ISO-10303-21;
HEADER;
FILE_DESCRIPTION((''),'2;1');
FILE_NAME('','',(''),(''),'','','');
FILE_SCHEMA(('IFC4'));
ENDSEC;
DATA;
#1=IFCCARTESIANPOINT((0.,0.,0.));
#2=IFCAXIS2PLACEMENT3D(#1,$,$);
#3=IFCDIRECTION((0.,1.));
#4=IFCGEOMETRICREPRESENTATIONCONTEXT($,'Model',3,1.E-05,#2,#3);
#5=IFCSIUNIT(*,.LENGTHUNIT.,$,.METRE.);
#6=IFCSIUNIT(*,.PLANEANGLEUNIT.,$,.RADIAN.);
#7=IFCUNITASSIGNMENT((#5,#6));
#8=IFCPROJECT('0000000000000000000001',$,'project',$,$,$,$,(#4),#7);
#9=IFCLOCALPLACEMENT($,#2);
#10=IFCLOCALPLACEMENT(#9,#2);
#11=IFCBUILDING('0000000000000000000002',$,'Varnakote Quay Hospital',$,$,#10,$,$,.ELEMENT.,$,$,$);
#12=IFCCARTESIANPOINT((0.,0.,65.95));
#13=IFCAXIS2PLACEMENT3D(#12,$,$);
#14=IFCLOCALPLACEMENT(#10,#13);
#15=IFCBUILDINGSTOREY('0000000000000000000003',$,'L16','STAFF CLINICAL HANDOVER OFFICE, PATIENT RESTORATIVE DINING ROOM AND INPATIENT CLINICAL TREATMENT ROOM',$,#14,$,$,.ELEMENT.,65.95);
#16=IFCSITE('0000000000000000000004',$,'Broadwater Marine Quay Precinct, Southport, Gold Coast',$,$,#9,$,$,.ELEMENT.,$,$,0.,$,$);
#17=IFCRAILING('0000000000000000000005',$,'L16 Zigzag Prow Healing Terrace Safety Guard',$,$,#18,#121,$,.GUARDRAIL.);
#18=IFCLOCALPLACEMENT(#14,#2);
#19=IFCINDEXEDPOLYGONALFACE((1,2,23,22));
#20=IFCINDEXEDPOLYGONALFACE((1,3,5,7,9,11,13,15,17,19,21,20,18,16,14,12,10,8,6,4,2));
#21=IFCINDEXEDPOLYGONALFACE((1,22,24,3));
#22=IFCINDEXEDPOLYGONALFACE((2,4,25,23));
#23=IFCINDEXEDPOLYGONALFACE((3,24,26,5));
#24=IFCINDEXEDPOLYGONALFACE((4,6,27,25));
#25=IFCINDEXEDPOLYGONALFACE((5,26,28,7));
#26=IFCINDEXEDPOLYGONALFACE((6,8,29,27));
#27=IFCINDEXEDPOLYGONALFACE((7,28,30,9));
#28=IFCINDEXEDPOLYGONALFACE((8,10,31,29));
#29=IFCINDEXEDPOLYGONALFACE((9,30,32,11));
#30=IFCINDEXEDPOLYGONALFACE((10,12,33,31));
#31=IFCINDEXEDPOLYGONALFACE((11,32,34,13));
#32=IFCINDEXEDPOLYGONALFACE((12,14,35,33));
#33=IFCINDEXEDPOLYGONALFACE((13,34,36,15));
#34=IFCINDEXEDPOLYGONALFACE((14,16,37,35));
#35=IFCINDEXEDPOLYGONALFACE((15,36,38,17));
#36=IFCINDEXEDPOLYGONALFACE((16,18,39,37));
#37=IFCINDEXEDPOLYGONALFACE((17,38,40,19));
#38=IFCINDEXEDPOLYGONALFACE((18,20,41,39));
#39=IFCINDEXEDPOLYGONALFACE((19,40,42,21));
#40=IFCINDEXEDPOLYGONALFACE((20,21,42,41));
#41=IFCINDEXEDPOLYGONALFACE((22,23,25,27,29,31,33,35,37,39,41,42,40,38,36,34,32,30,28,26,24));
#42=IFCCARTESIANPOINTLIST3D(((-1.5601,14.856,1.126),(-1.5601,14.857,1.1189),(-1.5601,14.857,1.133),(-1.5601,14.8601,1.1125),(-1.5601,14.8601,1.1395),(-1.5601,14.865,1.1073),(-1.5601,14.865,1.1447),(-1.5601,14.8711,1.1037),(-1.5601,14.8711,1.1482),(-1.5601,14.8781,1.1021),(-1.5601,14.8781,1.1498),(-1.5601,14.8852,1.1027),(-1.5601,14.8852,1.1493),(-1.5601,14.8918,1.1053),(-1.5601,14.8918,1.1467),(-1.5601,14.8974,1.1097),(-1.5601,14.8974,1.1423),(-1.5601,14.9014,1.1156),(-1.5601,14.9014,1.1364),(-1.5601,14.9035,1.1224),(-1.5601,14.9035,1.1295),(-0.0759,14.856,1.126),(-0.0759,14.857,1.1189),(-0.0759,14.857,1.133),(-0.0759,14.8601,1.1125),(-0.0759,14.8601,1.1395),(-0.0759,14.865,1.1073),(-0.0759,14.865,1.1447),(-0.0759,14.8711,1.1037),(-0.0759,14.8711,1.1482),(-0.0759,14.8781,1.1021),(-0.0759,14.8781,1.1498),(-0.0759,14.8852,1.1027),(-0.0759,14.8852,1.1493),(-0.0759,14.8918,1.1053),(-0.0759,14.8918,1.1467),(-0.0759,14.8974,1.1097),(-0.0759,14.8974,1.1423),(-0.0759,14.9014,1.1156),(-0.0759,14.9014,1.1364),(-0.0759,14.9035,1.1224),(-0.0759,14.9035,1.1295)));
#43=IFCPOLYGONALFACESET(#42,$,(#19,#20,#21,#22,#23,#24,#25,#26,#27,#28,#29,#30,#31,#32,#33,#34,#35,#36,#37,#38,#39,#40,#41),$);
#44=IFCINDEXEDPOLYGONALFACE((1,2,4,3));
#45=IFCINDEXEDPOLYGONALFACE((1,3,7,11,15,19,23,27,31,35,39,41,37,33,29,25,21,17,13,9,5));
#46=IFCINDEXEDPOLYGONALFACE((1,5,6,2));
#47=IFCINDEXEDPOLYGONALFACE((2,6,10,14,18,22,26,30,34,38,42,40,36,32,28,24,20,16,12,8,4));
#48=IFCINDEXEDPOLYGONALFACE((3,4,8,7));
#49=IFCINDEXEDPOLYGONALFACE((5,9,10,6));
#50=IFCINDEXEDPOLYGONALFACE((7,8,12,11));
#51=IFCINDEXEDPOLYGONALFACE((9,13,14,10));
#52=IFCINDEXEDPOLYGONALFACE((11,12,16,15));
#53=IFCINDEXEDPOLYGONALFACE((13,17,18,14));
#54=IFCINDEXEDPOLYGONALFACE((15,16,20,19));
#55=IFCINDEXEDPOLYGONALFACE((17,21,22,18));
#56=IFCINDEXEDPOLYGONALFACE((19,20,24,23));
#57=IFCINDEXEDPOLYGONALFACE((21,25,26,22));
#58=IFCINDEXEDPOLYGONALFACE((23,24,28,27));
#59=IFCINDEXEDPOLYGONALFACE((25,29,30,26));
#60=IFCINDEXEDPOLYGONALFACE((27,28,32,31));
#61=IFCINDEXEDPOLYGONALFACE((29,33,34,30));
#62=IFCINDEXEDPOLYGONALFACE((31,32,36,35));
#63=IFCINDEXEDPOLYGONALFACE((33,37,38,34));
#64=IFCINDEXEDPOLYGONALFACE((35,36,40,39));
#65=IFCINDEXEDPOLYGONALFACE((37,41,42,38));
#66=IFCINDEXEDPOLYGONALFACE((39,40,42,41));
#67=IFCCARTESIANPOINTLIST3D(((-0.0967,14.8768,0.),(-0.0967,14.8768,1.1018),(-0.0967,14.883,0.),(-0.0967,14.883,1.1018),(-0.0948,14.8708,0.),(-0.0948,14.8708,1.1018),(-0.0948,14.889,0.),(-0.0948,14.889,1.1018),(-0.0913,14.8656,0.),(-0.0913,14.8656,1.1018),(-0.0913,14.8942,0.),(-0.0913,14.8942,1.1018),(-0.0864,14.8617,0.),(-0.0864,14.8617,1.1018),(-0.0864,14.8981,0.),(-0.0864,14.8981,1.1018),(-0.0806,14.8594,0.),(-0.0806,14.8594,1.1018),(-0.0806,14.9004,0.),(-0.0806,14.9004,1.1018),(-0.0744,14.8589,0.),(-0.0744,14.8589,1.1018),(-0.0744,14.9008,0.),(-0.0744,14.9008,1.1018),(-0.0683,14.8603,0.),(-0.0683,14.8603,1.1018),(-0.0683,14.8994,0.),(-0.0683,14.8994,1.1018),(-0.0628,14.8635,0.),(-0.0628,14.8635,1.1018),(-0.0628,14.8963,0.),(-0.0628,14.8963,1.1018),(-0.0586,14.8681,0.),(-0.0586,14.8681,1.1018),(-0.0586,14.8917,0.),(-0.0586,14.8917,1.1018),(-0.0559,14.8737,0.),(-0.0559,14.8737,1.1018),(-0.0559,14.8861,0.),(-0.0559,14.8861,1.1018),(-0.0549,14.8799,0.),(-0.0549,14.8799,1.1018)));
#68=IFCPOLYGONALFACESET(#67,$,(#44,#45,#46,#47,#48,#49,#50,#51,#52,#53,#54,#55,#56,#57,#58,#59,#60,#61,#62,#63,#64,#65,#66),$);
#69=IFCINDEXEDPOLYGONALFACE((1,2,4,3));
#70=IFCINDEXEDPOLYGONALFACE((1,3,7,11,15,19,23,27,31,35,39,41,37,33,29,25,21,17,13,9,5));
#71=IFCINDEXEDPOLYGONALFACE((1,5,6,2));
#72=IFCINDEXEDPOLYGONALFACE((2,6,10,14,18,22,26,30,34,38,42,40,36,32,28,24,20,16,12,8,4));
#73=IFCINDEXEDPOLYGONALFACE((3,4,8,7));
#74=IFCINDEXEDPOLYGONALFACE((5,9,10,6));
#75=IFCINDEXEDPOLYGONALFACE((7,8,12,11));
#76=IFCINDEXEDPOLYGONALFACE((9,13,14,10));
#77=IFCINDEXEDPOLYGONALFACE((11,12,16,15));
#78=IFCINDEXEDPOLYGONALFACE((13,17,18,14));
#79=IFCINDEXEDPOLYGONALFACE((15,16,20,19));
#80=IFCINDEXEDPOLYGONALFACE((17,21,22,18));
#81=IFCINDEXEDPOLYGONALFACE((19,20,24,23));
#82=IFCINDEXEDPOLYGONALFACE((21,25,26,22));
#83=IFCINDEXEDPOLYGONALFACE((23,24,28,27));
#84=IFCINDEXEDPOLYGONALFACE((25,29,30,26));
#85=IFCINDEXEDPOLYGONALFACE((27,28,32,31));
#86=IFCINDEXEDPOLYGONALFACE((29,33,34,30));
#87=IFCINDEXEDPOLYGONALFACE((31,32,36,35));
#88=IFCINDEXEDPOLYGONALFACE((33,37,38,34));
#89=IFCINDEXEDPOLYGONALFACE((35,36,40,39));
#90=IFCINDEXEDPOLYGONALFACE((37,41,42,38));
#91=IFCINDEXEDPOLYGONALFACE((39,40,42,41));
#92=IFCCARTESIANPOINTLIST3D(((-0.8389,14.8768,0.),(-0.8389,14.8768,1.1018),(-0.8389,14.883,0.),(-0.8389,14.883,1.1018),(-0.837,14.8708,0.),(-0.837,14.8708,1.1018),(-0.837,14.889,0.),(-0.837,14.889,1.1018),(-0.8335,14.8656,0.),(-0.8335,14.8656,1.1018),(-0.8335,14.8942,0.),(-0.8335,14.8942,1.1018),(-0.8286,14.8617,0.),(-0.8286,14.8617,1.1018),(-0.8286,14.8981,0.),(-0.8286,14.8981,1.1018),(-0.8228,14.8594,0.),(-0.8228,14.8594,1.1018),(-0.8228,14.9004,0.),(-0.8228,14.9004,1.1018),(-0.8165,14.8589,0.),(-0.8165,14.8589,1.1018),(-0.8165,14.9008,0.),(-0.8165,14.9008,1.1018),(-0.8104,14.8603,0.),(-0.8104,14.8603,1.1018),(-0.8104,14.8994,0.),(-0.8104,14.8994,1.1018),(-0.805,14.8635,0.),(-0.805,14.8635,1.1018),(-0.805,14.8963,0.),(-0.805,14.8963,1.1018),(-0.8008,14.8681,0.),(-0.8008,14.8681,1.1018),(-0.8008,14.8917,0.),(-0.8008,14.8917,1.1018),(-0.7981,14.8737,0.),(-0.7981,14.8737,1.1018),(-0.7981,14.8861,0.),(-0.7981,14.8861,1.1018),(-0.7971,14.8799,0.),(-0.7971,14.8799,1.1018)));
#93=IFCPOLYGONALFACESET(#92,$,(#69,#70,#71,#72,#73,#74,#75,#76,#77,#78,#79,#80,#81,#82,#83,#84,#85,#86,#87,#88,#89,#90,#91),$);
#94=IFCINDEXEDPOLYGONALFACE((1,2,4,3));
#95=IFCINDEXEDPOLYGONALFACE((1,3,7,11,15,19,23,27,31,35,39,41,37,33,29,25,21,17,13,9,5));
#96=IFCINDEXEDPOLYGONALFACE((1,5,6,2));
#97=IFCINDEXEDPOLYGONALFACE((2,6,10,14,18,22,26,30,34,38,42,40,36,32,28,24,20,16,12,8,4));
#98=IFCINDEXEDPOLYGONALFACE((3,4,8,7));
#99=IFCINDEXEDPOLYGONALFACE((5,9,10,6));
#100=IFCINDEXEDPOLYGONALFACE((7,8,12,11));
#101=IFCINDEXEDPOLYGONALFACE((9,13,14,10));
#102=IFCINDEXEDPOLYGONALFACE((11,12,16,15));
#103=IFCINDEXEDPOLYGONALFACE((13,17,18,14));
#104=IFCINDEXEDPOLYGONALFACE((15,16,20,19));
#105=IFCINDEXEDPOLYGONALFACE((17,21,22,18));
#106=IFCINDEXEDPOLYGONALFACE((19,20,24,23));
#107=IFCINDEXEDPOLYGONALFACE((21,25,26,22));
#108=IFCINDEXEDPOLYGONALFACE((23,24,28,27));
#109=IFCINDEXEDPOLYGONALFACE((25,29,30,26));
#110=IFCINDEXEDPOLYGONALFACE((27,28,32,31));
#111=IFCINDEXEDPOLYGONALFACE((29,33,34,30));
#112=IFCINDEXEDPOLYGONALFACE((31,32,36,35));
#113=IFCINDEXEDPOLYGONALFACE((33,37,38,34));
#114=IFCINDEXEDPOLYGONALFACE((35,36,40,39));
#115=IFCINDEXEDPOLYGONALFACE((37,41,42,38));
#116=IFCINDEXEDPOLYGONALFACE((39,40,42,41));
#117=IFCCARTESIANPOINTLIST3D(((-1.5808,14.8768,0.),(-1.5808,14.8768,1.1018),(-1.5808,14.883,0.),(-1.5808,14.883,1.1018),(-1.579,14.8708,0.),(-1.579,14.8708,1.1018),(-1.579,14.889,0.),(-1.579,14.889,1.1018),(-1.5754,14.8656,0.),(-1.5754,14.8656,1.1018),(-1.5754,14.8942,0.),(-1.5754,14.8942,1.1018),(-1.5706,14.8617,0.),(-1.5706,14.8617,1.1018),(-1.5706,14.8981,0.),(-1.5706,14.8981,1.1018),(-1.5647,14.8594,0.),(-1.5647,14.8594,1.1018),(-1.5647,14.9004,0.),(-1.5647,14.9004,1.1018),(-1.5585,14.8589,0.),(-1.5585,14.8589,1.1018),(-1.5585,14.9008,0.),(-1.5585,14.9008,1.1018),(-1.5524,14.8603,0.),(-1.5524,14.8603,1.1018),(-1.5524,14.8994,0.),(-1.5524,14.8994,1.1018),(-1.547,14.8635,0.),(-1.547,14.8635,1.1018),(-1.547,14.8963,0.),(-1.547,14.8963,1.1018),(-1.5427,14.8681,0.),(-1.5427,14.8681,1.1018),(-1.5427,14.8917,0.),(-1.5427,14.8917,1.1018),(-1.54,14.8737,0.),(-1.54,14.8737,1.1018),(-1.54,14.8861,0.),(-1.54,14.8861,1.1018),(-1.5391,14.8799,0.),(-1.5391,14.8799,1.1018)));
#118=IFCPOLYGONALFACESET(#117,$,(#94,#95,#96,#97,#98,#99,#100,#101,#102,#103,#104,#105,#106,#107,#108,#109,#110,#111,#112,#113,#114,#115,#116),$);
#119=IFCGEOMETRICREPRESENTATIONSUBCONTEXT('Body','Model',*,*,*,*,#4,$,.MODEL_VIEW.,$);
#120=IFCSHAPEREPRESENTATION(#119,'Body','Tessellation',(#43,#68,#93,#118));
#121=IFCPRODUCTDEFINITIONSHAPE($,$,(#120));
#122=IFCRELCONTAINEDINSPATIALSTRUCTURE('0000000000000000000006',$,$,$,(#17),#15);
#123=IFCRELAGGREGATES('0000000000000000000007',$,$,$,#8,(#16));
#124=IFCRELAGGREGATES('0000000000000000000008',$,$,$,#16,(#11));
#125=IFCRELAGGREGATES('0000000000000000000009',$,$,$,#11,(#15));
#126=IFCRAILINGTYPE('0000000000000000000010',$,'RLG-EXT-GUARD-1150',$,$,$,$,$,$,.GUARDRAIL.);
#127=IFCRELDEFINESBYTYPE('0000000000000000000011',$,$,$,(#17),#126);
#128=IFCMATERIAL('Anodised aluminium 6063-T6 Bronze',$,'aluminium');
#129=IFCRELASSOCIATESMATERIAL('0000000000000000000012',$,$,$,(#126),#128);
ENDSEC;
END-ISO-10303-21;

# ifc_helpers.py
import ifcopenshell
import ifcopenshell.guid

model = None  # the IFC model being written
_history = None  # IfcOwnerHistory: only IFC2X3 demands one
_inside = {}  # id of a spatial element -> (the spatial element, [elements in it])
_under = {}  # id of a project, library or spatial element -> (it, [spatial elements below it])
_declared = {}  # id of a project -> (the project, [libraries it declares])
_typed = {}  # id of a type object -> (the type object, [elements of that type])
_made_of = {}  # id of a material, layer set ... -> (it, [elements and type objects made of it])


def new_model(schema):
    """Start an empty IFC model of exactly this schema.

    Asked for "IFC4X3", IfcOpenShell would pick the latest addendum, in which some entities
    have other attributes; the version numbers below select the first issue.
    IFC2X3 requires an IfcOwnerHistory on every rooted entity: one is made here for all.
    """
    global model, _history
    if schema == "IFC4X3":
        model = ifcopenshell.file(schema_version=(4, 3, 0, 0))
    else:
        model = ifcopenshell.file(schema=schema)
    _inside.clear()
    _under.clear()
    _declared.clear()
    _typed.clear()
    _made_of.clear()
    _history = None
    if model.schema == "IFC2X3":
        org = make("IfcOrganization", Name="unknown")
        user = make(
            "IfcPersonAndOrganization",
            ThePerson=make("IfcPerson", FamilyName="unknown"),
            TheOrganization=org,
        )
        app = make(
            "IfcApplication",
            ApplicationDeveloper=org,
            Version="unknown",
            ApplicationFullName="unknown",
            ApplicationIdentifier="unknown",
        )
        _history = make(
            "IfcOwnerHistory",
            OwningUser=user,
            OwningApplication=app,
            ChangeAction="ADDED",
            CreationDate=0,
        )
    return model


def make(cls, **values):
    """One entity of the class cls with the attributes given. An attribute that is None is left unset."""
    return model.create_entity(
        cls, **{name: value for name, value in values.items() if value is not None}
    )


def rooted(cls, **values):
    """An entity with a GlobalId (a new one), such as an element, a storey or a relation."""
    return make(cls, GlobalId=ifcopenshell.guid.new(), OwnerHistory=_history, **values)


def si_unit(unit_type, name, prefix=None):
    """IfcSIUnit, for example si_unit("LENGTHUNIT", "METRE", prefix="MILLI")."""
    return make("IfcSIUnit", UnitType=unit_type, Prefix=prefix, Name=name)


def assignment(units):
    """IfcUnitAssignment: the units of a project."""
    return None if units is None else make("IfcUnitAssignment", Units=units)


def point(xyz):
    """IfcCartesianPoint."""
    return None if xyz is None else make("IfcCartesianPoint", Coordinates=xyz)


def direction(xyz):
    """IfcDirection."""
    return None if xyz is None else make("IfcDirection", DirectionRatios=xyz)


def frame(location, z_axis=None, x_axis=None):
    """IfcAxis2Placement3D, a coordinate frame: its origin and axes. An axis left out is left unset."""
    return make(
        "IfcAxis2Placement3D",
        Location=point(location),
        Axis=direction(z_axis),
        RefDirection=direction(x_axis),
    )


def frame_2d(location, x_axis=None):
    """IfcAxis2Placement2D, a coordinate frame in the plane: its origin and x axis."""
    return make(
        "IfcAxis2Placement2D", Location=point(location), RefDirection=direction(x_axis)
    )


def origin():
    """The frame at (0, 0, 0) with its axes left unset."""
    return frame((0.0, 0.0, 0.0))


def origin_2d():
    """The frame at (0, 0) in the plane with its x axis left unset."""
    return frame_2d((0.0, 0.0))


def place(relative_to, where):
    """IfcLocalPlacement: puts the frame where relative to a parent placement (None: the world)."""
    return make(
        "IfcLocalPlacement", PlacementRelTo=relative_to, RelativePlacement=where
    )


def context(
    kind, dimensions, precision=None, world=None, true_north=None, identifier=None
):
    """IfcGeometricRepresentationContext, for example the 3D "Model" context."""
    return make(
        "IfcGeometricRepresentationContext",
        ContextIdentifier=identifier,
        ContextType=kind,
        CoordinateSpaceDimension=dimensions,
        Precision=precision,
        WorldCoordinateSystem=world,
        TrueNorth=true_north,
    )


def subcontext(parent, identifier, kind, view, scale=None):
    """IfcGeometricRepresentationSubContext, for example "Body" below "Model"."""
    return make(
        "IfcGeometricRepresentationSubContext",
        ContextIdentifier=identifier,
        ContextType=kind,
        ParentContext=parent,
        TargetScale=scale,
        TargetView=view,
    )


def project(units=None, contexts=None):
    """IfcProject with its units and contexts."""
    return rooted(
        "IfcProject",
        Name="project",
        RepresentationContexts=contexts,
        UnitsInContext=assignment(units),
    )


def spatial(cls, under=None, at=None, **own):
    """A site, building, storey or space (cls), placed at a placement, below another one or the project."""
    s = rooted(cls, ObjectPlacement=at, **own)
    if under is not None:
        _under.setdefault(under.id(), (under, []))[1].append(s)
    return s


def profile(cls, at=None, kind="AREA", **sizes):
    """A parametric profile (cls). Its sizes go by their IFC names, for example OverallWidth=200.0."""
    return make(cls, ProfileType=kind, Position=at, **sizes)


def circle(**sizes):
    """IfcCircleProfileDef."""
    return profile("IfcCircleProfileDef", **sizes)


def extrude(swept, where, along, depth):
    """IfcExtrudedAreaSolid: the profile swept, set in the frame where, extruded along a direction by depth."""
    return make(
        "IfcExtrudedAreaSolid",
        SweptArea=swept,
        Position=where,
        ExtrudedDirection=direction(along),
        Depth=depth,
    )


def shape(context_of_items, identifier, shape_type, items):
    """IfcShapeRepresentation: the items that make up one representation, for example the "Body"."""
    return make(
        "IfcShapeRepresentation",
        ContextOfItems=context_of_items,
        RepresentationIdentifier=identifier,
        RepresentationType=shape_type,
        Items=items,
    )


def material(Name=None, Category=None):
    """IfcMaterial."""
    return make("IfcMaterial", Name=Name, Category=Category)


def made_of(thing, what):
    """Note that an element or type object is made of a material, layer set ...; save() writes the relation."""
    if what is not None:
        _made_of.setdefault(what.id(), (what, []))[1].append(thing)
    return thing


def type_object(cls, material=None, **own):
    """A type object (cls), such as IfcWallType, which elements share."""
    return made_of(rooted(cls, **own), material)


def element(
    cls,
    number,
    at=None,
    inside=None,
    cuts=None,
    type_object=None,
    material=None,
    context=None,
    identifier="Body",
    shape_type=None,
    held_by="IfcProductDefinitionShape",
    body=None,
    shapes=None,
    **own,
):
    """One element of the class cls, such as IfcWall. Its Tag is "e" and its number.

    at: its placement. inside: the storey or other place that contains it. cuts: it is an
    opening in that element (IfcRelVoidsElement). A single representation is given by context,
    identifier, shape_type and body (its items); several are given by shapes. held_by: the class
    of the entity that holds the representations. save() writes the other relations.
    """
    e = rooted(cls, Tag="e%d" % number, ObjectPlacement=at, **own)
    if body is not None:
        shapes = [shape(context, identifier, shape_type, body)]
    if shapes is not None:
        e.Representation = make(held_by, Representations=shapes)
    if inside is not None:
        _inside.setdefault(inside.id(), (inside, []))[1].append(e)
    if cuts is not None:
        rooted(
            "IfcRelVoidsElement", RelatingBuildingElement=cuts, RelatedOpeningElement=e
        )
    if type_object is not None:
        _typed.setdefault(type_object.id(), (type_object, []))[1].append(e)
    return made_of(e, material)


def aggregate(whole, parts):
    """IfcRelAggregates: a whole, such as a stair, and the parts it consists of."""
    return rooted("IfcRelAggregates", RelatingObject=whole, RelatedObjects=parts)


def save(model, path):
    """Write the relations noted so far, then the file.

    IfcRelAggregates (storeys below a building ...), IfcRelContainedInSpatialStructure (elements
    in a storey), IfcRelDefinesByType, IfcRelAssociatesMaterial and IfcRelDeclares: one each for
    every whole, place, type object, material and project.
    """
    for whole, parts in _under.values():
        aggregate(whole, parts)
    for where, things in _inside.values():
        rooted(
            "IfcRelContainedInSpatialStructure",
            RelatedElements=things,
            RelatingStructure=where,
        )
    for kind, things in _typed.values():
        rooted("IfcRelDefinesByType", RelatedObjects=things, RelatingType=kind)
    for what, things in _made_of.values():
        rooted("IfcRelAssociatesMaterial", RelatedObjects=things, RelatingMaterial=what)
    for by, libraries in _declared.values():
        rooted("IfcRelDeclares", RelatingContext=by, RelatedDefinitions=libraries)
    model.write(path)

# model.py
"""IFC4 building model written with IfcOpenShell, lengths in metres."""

from ifc_helpers import new_model, si_unit, direction, frame, origin, origin_2d, place, context, subcontext, project, spatial, circle, extrude, material, type_object, element, save


model = new_model("IFC4")

# Units and contexts
model_context = context("Model", 3, precision=1e-05, world=origin(), true_north=direction((0.0, 1.0)))
body_context = subcontext(model_context, "Body", "Model", "MODEL_VIEW")
ifc_project = project(units=[si_unit("LENGTHUNIT", "METRE"), si_unit("PLANEANGLEUNIT", "RADIAN")], contexts=[model_context])

# Site, building, storey
site_placement = place(None, origin())
site = spatial("IfcSite", under=ifc_project, at=site_placement, Name="Broadwater Marine Quay Precinct, Southport, Gold Coast", CompositionType="ELEMENT", RefElevation=0.0)
building_placement = place(site_placement, origin())
building = spatial("IfcBuilding", under=site, at=building_placement, Name="Varnakote Quay Hospital", CompositionType="ELEMENT")
storey_placement = place(building_placement, frame((0.0, 0.0, 65.95)))
storey = spatial("IfcBuildingStorey", under=building, at=storey_placement, Name="L16", Description="STAFF CLINICAL HANDOVER OFFICE, PATIENT RESTORATIVE DINING ROOM AND INPATIENT CLINICAL TREATMENT ROOM", CompositionType="ELEMENT", Elevation=65.95)

# Railing
ifc_material_1 = material(Name="Anodised aluminium 6063-T6 Bronze", Category="aluminium")
railing_type = type_object("IfcRailingType", Name="RLG-EXT-GUARD-1150", PredefinedType="GUARDRAIL", material=ifc_material_1)
railing_1_placement = place(storey_placement, frame((-0.0759, 14.8799, 0.0)))
element("IfcRailing", 1, at=railing_1_placement, inside=storey, type_object=railing_type, Name="L16 Zigzag Prow Healing Terrace Safety Guard", PredefinedType="GUARDRAIL", context=body_context, shape_type="SweptSolid", body=[
    extrude(circle(Radius=0.0239, at=origin_2d()), frame((0.0, 0.0, 1.126), z_axis=(-1.0, 0.0, 0.0), x_axis=(0.0, -1.0, 0.0)), (0.0, 0.0, 1.0), 1.4841),
    extrude(circle(Radius=0.021, at=origin_2d()), origin(), (0.0, 0.0, 1.0), 1.1018),
    extrude(circle(Radius=0.021, at=origin_2d()), frame((-0.7422, 0.0, 0.0)), (0.0, 0.0, 1.0), 1.1018),
    extrude(circle(Radius=0.021, at=origin_2d()), frame((-1.4841, 0.0, 0.0)), (0.0, 0.0, 1.0), 1.1018),
])

save(model, "model.ifc")
